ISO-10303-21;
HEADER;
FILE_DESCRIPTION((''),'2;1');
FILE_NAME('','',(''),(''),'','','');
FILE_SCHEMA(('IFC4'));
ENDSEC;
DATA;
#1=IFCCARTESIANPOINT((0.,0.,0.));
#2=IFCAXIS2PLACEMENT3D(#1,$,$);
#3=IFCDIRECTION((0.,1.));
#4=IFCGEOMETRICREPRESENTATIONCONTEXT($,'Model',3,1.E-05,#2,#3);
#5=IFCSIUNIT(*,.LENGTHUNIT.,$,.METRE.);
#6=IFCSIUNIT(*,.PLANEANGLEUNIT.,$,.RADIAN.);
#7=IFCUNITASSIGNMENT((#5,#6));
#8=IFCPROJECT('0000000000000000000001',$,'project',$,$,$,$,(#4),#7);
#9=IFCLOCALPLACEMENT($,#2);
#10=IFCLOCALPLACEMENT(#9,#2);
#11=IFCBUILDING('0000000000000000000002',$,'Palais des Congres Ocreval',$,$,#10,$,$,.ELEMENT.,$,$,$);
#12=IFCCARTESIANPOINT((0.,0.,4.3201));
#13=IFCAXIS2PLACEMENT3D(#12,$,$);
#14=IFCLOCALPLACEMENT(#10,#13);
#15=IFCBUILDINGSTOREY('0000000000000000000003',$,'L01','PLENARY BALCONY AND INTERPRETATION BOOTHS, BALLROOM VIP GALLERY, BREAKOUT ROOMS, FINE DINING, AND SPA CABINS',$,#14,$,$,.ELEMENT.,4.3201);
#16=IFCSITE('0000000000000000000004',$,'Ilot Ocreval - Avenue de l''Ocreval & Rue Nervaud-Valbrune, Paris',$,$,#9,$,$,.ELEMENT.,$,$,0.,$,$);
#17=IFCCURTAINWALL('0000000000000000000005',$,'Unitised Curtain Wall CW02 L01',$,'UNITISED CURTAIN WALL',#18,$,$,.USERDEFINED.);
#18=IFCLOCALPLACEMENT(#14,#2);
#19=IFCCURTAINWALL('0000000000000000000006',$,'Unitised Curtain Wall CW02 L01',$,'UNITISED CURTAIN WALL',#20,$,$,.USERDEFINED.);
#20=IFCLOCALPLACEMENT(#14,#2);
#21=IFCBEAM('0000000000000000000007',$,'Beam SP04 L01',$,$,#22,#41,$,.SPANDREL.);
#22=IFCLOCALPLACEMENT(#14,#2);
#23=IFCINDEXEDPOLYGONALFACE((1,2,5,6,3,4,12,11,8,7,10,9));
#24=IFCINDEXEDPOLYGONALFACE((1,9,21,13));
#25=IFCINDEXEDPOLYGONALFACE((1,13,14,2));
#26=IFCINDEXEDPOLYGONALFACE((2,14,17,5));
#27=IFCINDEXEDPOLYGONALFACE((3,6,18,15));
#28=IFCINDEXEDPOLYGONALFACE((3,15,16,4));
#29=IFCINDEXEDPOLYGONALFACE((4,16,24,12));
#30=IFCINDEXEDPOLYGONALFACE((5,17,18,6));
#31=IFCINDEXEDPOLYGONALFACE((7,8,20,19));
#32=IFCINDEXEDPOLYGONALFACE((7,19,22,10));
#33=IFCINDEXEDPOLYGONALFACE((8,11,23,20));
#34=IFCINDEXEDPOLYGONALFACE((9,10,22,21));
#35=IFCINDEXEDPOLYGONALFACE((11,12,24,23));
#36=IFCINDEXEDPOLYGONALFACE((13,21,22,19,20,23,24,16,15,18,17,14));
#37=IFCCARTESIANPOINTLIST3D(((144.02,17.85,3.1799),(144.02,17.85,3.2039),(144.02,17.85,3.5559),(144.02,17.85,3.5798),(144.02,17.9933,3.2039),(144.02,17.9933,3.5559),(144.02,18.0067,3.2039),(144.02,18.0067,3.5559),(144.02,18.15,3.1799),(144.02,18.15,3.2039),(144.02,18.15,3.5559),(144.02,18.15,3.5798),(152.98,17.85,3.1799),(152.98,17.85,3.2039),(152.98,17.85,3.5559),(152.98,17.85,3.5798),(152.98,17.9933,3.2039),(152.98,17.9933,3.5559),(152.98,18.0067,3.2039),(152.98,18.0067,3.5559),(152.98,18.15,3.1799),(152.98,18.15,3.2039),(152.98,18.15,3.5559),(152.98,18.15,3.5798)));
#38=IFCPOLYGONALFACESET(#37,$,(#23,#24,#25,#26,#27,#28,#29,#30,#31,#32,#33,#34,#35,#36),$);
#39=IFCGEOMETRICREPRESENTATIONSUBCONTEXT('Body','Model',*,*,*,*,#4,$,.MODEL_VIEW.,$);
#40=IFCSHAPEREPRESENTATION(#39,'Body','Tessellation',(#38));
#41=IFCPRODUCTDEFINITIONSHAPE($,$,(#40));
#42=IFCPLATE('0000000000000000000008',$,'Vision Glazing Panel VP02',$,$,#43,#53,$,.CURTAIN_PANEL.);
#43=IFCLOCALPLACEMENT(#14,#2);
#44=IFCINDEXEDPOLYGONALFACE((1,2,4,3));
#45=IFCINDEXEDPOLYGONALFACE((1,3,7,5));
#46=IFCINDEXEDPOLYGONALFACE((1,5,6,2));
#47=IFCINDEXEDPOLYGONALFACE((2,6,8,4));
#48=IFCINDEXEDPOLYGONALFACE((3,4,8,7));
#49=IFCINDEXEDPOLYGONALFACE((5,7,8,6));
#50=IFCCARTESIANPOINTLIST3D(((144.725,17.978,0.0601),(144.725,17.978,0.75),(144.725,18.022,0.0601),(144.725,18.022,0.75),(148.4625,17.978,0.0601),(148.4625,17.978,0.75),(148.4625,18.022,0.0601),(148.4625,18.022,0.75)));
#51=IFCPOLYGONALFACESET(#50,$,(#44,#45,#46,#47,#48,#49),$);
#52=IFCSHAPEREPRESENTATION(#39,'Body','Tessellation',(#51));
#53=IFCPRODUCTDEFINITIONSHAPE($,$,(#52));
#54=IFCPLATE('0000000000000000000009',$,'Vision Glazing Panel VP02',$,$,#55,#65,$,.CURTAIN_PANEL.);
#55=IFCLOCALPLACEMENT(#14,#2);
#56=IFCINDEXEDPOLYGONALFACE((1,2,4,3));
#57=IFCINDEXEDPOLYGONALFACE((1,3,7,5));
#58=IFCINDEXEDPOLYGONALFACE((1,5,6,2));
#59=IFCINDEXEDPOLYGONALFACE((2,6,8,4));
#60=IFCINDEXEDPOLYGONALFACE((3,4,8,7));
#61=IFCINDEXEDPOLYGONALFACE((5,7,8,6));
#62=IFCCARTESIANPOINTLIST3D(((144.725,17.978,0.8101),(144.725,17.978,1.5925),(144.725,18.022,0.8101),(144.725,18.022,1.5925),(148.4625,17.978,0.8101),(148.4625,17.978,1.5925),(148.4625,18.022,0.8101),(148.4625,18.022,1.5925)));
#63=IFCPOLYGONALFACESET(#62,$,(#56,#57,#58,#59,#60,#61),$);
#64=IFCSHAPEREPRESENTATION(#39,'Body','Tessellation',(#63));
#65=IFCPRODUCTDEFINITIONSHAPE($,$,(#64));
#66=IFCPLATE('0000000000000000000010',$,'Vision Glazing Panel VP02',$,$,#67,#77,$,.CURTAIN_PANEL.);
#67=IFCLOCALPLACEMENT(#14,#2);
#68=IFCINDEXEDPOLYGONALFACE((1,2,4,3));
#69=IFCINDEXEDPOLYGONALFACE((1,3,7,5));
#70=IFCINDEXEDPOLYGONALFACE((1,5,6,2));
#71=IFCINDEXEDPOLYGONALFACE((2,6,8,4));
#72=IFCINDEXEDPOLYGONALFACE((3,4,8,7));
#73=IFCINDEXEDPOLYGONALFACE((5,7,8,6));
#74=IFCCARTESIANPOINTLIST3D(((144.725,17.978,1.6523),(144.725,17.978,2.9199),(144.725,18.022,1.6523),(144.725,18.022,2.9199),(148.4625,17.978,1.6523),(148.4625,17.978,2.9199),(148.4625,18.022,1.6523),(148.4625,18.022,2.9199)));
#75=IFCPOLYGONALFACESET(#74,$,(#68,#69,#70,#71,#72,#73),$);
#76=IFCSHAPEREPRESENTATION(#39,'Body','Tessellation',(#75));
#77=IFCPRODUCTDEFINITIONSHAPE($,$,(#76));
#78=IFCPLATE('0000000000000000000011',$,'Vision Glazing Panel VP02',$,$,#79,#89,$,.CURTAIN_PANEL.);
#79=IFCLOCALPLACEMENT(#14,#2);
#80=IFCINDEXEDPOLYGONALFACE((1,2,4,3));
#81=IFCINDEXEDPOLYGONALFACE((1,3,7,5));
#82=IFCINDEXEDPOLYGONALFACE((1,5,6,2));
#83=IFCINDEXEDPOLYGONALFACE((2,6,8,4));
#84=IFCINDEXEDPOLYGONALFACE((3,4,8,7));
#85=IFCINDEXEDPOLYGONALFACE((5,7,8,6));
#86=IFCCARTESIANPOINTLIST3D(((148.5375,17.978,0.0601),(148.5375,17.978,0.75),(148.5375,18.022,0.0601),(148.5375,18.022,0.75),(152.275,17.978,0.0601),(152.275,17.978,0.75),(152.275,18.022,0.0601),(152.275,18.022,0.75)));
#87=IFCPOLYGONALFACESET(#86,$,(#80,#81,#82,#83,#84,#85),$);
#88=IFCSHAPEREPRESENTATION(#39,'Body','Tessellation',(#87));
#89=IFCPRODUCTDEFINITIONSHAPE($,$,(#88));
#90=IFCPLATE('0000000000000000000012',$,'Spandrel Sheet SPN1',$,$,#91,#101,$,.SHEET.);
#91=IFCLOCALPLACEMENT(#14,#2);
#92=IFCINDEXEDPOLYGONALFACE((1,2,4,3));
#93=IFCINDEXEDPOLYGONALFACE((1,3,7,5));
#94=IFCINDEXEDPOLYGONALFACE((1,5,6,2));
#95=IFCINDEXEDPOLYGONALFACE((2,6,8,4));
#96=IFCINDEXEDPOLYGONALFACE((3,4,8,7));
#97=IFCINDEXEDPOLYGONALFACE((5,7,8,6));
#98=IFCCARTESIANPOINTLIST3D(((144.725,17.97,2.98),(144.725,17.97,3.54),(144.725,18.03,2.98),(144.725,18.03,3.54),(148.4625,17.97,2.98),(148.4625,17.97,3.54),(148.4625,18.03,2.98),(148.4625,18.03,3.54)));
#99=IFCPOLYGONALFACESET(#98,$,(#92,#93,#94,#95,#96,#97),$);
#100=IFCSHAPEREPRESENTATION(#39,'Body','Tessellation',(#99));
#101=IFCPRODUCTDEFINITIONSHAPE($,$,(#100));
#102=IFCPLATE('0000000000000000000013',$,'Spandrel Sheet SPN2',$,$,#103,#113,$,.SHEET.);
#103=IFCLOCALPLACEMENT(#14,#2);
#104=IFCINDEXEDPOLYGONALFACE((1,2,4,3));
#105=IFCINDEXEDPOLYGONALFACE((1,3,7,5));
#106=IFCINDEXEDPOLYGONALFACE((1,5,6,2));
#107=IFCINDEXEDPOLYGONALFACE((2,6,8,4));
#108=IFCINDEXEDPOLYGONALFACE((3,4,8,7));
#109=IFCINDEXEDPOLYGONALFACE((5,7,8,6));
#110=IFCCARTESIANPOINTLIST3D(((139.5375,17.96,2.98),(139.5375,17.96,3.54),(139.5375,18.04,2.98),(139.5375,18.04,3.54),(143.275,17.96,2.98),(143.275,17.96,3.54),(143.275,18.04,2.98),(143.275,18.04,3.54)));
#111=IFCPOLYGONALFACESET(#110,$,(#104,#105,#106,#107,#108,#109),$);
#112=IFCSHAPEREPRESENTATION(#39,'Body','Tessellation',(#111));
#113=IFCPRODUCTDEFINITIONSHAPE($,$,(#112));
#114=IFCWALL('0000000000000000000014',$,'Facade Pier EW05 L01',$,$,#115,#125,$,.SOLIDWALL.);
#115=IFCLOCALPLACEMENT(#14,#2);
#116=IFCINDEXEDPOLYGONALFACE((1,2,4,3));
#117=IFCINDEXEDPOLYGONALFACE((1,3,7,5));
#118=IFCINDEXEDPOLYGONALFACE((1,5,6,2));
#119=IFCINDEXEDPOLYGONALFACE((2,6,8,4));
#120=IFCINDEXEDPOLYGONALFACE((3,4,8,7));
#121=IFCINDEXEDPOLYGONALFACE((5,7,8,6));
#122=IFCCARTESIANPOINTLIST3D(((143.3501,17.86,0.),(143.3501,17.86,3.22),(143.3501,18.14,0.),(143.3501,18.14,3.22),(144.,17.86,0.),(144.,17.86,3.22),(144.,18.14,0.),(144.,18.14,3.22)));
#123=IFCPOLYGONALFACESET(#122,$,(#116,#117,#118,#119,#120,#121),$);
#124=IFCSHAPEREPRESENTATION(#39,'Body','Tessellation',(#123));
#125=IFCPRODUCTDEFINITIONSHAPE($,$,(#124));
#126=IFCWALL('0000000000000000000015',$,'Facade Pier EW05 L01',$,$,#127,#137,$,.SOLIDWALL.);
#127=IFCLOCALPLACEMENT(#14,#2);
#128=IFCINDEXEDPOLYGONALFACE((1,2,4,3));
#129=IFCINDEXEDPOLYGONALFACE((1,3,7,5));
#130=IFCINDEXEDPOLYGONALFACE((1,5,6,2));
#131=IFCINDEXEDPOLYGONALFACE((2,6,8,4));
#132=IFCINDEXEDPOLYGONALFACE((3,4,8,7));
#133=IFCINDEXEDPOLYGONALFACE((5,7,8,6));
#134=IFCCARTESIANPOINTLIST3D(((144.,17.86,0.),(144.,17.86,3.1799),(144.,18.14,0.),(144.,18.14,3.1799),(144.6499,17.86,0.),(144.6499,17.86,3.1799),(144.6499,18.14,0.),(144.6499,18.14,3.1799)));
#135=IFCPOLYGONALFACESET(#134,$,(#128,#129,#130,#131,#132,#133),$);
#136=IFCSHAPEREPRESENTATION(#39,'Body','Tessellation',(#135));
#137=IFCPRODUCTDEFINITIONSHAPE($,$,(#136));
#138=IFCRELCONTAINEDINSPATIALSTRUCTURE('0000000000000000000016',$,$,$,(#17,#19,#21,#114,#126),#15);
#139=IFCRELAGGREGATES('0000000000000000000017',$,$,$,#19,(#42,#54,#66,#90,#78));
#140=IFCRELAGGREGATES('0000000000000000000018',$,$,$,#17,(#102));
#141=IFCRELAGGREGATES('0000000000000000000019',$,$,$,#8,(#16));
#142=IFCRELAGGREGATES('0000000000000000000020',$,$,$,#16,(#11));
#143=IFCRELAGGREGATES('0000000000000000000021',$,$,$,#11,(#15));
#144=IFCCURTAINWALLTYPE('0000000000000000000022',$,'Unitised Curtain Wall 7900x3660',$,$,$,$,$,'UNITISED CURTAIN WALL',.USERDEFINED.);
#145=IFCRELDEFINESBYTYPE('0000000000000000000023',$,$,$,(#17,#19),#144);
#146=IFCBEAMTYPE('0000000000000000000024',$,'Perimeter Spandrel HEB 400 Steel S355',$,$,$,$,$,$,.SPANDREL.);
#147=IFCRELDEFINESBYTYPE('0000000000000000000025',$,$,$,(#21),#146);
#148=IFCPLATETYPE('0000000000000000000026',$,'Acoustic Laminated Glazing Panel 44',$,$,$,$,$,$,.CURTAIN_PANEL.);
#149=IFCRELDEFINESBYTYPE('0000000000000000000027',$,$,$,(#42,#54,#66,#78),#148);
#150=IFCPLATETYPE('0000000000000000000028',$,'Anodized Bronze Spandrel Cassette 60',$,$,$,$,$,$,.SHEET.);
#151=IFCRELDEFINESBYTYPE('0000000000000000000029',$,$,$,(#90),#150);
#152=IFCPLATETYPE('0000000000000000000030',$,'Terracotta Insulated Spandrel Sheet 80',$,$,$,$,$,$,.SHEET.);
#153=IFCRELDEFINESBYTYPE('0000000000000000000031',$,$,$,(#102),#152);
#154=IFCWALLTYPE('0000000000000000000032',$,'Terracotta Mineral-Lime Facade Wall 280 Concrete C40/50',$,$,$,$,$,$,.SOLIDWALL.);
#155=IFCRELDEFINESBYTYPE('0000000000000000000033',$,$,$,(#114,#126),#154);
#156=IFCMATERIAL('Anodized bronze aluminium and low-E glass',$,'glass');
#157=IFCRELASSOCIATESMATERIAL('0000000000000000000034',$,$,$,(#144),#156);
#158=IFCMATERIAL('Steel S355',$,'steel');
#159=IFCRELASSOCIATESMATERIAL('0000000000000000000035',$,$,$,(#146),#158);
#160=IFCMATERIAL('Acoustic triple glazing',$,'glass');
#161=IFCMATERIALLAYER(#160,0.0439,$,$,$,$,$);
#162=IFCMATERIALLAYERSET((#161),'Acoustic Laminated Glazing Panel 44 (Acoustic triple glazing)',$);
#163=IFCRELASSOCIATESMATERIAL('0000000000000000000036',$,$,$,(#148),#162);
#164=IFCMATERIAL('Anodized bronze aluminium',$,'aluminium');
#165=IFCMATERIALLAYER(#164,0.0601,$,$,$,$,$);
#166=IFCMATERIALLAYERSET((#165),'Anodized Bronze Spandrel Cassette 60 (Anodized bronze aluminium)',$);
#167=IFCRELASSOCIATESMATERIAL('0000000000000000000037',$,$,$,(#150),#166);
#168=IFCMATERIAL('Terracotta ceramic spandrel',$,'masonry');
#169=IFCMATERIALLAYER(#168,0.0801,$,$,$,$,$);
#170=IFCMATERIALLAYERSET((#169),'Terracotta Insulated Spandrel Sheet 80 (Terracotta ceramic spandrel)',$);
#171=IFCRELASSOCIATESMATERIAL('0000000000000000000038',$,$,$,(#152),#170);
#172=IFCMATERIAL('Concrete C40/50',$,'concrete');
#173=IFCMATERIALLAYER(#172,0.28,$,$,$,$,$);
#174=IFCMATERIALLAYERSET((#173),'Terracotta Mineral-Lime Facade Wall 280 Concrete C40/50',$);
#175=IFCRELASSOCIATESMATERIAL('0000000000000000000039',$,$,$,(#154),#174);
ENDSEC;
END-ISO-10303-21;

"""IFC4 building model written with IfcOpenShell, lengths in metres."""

from ifc_helpers import new_model, si_unit, direction, frame, frame_2d, origin, origin_2d, place, context, subcontext, project, spatial, rectangle, i_section, extrude, material, layer, layer_set, material_profile, profile_set, type_object, element, aggregate, save


model = new_model("IFC4")

# Units and contexts
model_context = context("Model", 3, precision=1e-05, world=origin(), true_north=direction((0.0, 1.0)))
body_context = subcontext(model_context, "Body", "Model", "MODEL_VIEW")
ifc_project = project(units=[si_unit("LENGTHUNIT", "METRE"), si_unit("PLANEANGLEUNIT", "RADIAN")], contexts=[model_context])

# Site, building, storey
site_placement = place(None, origin())
site = spatial("IfcSite", under=ifc_project, at=site_placement, Name="Ilot Ocreval - Avenue de l'Ocreval & Rue Nervaud-Valbrune, Paris", CompositionType="ELEMENT", RefElevation=0.0)
building_placement = place(site_placement, origin())
building = spatial("IfcBuilding", under=site, at=building_placement, Name="Palais des Congres Ocreval", CompositionType="ELEMENT")
storey_placement = place(building_placement, frame((0.0, 0.0, 4.3201)))
storey = spatial("IfcBuildingStorey", under=building, at=storey_placement, Name="L01", Description="PLENARY BALCONY AND INTERPRETATION BOOTHS, BALLROOM VIP GALLERY, BREAKOUT ROOMS, FINE DINING, AND SPA CABINS", CompositionType="ELEMENT", Elevation=4.3201)

# Shared definitions
ifc_material_1 = material(Name="Steel S355", Category="steel")

# Curtain wall
ifc_material_2 = material(Name="Anodized bronze aluminium and low-E glass", Category="glass")
curtain_wall_type = type_object("IfcCurtainWallType", Name="Unitised Curtain Wall 7900x3660", ElementType="UNITISED CURTAIN WALL", PredefinedType="USERDEFINED", material=ifc_material_2)
curtain_wall_1_placement = place(storey_placement, origin())
curtain_wall_1 = element("IfcCurtainWall", 1, at=curtain_wall_1_placement, inside=storey, type_object=curtain_wall_type, Name="Unitised Curtain Wall CW02 L01", ObjectType="UNITISED CURTAIN WALL", PredefinedType="USERDEFINED")
ifc_material_3 = material(Name="Anodized bronze aluminium", Category="aluminium")

# Curtain wall
curtain_wall_2_placement = place(storey_placement, origin())
curtain_wall_2 = element("IfcCurtainWall", 2, at=curtain_wall_2_placement, inside=storey, type_object=curtain_wall_type, Name="Unitised Curtain Wall CW02 L01", ObjectType="UNITISED CURTAIN WALL", PredefinedType="USERDEFINED")

# Beam
ifc_material_profile_1 = material_profile(ifc_material_1, i_section(OverallWidth=0.3, OverallDepth=0.3999, WebThickness=0.0134, FlangeThickness=0.0239, at=origin_2d()), Name="HEB 400")
ifc_profile_set_1 = profile_set([ifc_material_profile_1], Name="Steel S355")
beam_type = type_object("IfcBeamType", Name="Perimeter Spandrel HEB 400 Steel S355", PredefinedType="SPANDREL", material=ifc_profile_set_1)
beam_placement = place(storey_placement, frame((144.02, 18.0, 3.3799), z_axis=(1.0, 0.0, 0.0), x_axis=(0.0, 1.0, 0.0)))
element("IfcBeam", 3, at=beam_placement, inside=storey, type_object=beam_type, Name="Beam SP04 L01", PredefinedType="SPANDREL", context=body_context, shape_type="SweptSolid", body=[
    extrude(i_section(OverallWidth=0.3, OverallDepth=0.3999, WebThickness=0.0134, FlangeThickness=0.0239, at=origin_2d()), origin(), (0.0, 0.0, 1.0), 8.96),
])

# Plates
ifc_material_4 = material(Name="Acoustic triple glazing", Category="glass")
ifc_layer_1 = layer(ifc_material_4, 0.0439)
ifc_layer_set_1 = layer_set([ifc_layer_1], Name="Acoustic Laminated Glazing Panel 44 (Acoustic triple glazing)")
plate_type_1 = type_object("IfcPlateType", Name="Acoustic Laminated Glazing Panel 44", PredefinedType="CURTAIN_PANEL", material=ifc_layer_set_1)
plate_1_placement = place(storey_placement, frame((146.5938, 18.0, 0.0601), z_axis=(0.0, 0.0, 1.0), x_axis=(1.0, 0.0, 0.0)))
plate_1 = element("IfcPlate", 4, at=plate_1_placement, type_object=plate_type_1, Name="Vision Glazing Panel VP02", PredefinedType="CURTAIN_PANEL", context=body_context, shape_type="SweptSolid", body=[
    extrude(rectangle(XDim=3.7375, YDim=0.0439, at=origin_2d()), origin(), (0.0, 0.0, 1.0), 0.6899),
])
plate_2_placement = place(storey_placement, frame((146.5938, 18.0, 0.8101), z_axis=(0.0, 0.0, 1.0), x_axis=(1.0, 0.0, 0.0)))
plate_2 = element("IfcPlate", 5, at=plate_2_placement, type_object=plate_type_1, Name="Vision Glazing Panel VP02", PredefinedType="CURTAIN_PANEL", context=body_context, shape_type="SweptSolid", body=[
    extrude(rectangle(XDim=3.7375, YDim=0.0439, at=origin_2d()), origin(), (0.0, 0.0, 1.0), 0.7825),
])
plate_3_placement = place(storey_placement, frame((146.5938, 18.0, 1.6523), z_axis=(0.0, 0.0, 1.0), x_axis=(1.0, 0.0, 0.0)))
plate_3 = element("IfcPlate", 6, at=plate_3_placement, type_object=plate_type_1, Name="Vision Glazing Panel VP02", PredefinedType="CURTAIN_PANEL", context=body_context, shape_type="SweptSolid", body=[
    extrude(rectangle(XDim=3.7375, YDim=0.0439, at=origin_2d()), origin(), (0.0, 0.0, 1.0), 1.2676),
])
plate_4_placement = place(storey_placement, frame((150.4062, 18.0, 0.0601), z_axis=(0.0, 0.0, 1.0), x_axis=(1.0, 0.0, 0.0)))
plate_4 = element("IfcPlate", 7, at=plate_4_placement, type_object=plate_type_1, Name="Vision Glazing Panel VP02", PredefinedType="CURTAIN_PANEL", context=body_context, shape_type="SweptSolid", body=[
    extrude(rectangle(XDim=3.7375, YDim=0.0439, at=origin_2d()), origin(), (0.0, 0.0, 1.0), 0.6899),
])
ifc_layer_2 = layer(ifc_material_3, 0.0601)
ifc_layer_set_2 = layer_set([ifc_layer_2], Name="Anodized Bronze Spandrel Cassette 60 (Anodized bronze aluminium)")
plate_type_2 = type_object("IfcPlateType", Name="Anodized Bronze Spandrel Cassette 60", PredefinedType="SHEET", material=ifc_layer_set_2)
plate_5_placement = place(storey_placement, frame((146.5938, 18.0, 2.98), z_axis=(0.0, 0.0, 1.0), x_axis=(1.0, 0.0, 0.0)))
plate_5 = element("IfcPlate", 8, at=plate_5_placement, type_object=plate_type_2, Name="Spandrel Sheet SPN1", PredefinedType="SHEET", context=body_context, shape_type="SweptSolid", body=[
    extrude(rectangle(XDim=3.7375, YDim=0.0601, at=origin_2d()), origin(), (0.0, 0.0, 1.0), 0.5601),
])
aggregate(curtain_wall_2, [plate_1, plate_2, plate_3, plate_5, plate_4])
ifc_material_5 = material(Name="Terracotta ceramic spandrel", Category="masonry")
ifc_layer_3 = layer(ifc_material_5, 0.0801)
ifc_layer_set_3 = layer_set([ifc_layer_3], Name="Terracotta Insulated Spandrel Sheet 80 (Terracotta ceramic spandrel)")
plate_type_3 = type_object("IfcPlateType", Name="Terracotta Insulated Spandrel Sheet 80", PredefinedType="SHEET", material=ifc_layer_set_3)
plate_6_placement = place(storey_placement, frame((141.4062, 18.0, 2.98), z_axis=(0.0, 0.0, 1.0), x_axis=(1.0, 0.0, 0.0)))
plate_6 = element("IfcPlate", 9, at=plate_6_placement, type_object=plate_type_3, Name="Spandrel Sheet SPN2", PredefinedType="SHEET", context=body_context, shape_type="SweptSolid", body=[
    extrude(rectangle(XDim=3.7375, YDim=0.0801, at=origin_2d()), origin(), (0.0, 0.0, 1.0), 0.5601),
])
aggregate(curtain_wall_1, [plate_6])

# Walls
ifc_material_6 = material(Name="Concrete C40/50", Category="concrete")
ifc_layer_4 = layer(ifc_material_6, 0.28)
ifc_layer_set_4 = layer_set([ifc_layer_4], Name="Terracotta Mineral-Lime Facade Wall 280 Concrete C40/50")
wall_type = type_object("IfcWallType", Name="Terracotta Mineral-Lime Facade Wall 280 Concrete C40/50", PredefinedType="SOLIDWALL", material=ifc_layer_set_4)
wall_1_placement = place(storey_placement, frame((143.3501, 18.0, 0.0), z_axis=(0.0, 0.0, 1.0), x_axis=(1.0, 0.0, 0.0)))
element("IfcWall", 10, at=wall_1_placement, inside=storey, type_object=wall_type, Name="Facade Pier EW05 L01", PredefinedType="SOLIDWALL", context=body_context, shape_type="SweptSolid", body=[
    extrude(rectangle(XDim=0.6499, YDim=0.28, at=frame_2d((0.325, 0.0))), origin(), (0.0, 0.0, 1.0), 3.22),
])
wall_2_placement = place(storey_placement, frame((144.0, 18.0, 0.0), z_axis=(0.0, 0.0, 1.0), x_axis=(1.0, 0.0, 0.0)))
element("IfcWall", 11, at=wall_2_placement, inside=storey, type_object=wall_type, Name="Facade Pier EW05 L01", PredefinedType="SOLIDWALL", context=body_context, shape_type="SweptSolid", body=[
    extrude(rectangle(XDim=0.6499, YDim=0.28, at=frame_2d((0.325, 0.0))), origin(), (0.0, 0.0, 1.0), 3.1799),
])

save(model, "model.ifc")
